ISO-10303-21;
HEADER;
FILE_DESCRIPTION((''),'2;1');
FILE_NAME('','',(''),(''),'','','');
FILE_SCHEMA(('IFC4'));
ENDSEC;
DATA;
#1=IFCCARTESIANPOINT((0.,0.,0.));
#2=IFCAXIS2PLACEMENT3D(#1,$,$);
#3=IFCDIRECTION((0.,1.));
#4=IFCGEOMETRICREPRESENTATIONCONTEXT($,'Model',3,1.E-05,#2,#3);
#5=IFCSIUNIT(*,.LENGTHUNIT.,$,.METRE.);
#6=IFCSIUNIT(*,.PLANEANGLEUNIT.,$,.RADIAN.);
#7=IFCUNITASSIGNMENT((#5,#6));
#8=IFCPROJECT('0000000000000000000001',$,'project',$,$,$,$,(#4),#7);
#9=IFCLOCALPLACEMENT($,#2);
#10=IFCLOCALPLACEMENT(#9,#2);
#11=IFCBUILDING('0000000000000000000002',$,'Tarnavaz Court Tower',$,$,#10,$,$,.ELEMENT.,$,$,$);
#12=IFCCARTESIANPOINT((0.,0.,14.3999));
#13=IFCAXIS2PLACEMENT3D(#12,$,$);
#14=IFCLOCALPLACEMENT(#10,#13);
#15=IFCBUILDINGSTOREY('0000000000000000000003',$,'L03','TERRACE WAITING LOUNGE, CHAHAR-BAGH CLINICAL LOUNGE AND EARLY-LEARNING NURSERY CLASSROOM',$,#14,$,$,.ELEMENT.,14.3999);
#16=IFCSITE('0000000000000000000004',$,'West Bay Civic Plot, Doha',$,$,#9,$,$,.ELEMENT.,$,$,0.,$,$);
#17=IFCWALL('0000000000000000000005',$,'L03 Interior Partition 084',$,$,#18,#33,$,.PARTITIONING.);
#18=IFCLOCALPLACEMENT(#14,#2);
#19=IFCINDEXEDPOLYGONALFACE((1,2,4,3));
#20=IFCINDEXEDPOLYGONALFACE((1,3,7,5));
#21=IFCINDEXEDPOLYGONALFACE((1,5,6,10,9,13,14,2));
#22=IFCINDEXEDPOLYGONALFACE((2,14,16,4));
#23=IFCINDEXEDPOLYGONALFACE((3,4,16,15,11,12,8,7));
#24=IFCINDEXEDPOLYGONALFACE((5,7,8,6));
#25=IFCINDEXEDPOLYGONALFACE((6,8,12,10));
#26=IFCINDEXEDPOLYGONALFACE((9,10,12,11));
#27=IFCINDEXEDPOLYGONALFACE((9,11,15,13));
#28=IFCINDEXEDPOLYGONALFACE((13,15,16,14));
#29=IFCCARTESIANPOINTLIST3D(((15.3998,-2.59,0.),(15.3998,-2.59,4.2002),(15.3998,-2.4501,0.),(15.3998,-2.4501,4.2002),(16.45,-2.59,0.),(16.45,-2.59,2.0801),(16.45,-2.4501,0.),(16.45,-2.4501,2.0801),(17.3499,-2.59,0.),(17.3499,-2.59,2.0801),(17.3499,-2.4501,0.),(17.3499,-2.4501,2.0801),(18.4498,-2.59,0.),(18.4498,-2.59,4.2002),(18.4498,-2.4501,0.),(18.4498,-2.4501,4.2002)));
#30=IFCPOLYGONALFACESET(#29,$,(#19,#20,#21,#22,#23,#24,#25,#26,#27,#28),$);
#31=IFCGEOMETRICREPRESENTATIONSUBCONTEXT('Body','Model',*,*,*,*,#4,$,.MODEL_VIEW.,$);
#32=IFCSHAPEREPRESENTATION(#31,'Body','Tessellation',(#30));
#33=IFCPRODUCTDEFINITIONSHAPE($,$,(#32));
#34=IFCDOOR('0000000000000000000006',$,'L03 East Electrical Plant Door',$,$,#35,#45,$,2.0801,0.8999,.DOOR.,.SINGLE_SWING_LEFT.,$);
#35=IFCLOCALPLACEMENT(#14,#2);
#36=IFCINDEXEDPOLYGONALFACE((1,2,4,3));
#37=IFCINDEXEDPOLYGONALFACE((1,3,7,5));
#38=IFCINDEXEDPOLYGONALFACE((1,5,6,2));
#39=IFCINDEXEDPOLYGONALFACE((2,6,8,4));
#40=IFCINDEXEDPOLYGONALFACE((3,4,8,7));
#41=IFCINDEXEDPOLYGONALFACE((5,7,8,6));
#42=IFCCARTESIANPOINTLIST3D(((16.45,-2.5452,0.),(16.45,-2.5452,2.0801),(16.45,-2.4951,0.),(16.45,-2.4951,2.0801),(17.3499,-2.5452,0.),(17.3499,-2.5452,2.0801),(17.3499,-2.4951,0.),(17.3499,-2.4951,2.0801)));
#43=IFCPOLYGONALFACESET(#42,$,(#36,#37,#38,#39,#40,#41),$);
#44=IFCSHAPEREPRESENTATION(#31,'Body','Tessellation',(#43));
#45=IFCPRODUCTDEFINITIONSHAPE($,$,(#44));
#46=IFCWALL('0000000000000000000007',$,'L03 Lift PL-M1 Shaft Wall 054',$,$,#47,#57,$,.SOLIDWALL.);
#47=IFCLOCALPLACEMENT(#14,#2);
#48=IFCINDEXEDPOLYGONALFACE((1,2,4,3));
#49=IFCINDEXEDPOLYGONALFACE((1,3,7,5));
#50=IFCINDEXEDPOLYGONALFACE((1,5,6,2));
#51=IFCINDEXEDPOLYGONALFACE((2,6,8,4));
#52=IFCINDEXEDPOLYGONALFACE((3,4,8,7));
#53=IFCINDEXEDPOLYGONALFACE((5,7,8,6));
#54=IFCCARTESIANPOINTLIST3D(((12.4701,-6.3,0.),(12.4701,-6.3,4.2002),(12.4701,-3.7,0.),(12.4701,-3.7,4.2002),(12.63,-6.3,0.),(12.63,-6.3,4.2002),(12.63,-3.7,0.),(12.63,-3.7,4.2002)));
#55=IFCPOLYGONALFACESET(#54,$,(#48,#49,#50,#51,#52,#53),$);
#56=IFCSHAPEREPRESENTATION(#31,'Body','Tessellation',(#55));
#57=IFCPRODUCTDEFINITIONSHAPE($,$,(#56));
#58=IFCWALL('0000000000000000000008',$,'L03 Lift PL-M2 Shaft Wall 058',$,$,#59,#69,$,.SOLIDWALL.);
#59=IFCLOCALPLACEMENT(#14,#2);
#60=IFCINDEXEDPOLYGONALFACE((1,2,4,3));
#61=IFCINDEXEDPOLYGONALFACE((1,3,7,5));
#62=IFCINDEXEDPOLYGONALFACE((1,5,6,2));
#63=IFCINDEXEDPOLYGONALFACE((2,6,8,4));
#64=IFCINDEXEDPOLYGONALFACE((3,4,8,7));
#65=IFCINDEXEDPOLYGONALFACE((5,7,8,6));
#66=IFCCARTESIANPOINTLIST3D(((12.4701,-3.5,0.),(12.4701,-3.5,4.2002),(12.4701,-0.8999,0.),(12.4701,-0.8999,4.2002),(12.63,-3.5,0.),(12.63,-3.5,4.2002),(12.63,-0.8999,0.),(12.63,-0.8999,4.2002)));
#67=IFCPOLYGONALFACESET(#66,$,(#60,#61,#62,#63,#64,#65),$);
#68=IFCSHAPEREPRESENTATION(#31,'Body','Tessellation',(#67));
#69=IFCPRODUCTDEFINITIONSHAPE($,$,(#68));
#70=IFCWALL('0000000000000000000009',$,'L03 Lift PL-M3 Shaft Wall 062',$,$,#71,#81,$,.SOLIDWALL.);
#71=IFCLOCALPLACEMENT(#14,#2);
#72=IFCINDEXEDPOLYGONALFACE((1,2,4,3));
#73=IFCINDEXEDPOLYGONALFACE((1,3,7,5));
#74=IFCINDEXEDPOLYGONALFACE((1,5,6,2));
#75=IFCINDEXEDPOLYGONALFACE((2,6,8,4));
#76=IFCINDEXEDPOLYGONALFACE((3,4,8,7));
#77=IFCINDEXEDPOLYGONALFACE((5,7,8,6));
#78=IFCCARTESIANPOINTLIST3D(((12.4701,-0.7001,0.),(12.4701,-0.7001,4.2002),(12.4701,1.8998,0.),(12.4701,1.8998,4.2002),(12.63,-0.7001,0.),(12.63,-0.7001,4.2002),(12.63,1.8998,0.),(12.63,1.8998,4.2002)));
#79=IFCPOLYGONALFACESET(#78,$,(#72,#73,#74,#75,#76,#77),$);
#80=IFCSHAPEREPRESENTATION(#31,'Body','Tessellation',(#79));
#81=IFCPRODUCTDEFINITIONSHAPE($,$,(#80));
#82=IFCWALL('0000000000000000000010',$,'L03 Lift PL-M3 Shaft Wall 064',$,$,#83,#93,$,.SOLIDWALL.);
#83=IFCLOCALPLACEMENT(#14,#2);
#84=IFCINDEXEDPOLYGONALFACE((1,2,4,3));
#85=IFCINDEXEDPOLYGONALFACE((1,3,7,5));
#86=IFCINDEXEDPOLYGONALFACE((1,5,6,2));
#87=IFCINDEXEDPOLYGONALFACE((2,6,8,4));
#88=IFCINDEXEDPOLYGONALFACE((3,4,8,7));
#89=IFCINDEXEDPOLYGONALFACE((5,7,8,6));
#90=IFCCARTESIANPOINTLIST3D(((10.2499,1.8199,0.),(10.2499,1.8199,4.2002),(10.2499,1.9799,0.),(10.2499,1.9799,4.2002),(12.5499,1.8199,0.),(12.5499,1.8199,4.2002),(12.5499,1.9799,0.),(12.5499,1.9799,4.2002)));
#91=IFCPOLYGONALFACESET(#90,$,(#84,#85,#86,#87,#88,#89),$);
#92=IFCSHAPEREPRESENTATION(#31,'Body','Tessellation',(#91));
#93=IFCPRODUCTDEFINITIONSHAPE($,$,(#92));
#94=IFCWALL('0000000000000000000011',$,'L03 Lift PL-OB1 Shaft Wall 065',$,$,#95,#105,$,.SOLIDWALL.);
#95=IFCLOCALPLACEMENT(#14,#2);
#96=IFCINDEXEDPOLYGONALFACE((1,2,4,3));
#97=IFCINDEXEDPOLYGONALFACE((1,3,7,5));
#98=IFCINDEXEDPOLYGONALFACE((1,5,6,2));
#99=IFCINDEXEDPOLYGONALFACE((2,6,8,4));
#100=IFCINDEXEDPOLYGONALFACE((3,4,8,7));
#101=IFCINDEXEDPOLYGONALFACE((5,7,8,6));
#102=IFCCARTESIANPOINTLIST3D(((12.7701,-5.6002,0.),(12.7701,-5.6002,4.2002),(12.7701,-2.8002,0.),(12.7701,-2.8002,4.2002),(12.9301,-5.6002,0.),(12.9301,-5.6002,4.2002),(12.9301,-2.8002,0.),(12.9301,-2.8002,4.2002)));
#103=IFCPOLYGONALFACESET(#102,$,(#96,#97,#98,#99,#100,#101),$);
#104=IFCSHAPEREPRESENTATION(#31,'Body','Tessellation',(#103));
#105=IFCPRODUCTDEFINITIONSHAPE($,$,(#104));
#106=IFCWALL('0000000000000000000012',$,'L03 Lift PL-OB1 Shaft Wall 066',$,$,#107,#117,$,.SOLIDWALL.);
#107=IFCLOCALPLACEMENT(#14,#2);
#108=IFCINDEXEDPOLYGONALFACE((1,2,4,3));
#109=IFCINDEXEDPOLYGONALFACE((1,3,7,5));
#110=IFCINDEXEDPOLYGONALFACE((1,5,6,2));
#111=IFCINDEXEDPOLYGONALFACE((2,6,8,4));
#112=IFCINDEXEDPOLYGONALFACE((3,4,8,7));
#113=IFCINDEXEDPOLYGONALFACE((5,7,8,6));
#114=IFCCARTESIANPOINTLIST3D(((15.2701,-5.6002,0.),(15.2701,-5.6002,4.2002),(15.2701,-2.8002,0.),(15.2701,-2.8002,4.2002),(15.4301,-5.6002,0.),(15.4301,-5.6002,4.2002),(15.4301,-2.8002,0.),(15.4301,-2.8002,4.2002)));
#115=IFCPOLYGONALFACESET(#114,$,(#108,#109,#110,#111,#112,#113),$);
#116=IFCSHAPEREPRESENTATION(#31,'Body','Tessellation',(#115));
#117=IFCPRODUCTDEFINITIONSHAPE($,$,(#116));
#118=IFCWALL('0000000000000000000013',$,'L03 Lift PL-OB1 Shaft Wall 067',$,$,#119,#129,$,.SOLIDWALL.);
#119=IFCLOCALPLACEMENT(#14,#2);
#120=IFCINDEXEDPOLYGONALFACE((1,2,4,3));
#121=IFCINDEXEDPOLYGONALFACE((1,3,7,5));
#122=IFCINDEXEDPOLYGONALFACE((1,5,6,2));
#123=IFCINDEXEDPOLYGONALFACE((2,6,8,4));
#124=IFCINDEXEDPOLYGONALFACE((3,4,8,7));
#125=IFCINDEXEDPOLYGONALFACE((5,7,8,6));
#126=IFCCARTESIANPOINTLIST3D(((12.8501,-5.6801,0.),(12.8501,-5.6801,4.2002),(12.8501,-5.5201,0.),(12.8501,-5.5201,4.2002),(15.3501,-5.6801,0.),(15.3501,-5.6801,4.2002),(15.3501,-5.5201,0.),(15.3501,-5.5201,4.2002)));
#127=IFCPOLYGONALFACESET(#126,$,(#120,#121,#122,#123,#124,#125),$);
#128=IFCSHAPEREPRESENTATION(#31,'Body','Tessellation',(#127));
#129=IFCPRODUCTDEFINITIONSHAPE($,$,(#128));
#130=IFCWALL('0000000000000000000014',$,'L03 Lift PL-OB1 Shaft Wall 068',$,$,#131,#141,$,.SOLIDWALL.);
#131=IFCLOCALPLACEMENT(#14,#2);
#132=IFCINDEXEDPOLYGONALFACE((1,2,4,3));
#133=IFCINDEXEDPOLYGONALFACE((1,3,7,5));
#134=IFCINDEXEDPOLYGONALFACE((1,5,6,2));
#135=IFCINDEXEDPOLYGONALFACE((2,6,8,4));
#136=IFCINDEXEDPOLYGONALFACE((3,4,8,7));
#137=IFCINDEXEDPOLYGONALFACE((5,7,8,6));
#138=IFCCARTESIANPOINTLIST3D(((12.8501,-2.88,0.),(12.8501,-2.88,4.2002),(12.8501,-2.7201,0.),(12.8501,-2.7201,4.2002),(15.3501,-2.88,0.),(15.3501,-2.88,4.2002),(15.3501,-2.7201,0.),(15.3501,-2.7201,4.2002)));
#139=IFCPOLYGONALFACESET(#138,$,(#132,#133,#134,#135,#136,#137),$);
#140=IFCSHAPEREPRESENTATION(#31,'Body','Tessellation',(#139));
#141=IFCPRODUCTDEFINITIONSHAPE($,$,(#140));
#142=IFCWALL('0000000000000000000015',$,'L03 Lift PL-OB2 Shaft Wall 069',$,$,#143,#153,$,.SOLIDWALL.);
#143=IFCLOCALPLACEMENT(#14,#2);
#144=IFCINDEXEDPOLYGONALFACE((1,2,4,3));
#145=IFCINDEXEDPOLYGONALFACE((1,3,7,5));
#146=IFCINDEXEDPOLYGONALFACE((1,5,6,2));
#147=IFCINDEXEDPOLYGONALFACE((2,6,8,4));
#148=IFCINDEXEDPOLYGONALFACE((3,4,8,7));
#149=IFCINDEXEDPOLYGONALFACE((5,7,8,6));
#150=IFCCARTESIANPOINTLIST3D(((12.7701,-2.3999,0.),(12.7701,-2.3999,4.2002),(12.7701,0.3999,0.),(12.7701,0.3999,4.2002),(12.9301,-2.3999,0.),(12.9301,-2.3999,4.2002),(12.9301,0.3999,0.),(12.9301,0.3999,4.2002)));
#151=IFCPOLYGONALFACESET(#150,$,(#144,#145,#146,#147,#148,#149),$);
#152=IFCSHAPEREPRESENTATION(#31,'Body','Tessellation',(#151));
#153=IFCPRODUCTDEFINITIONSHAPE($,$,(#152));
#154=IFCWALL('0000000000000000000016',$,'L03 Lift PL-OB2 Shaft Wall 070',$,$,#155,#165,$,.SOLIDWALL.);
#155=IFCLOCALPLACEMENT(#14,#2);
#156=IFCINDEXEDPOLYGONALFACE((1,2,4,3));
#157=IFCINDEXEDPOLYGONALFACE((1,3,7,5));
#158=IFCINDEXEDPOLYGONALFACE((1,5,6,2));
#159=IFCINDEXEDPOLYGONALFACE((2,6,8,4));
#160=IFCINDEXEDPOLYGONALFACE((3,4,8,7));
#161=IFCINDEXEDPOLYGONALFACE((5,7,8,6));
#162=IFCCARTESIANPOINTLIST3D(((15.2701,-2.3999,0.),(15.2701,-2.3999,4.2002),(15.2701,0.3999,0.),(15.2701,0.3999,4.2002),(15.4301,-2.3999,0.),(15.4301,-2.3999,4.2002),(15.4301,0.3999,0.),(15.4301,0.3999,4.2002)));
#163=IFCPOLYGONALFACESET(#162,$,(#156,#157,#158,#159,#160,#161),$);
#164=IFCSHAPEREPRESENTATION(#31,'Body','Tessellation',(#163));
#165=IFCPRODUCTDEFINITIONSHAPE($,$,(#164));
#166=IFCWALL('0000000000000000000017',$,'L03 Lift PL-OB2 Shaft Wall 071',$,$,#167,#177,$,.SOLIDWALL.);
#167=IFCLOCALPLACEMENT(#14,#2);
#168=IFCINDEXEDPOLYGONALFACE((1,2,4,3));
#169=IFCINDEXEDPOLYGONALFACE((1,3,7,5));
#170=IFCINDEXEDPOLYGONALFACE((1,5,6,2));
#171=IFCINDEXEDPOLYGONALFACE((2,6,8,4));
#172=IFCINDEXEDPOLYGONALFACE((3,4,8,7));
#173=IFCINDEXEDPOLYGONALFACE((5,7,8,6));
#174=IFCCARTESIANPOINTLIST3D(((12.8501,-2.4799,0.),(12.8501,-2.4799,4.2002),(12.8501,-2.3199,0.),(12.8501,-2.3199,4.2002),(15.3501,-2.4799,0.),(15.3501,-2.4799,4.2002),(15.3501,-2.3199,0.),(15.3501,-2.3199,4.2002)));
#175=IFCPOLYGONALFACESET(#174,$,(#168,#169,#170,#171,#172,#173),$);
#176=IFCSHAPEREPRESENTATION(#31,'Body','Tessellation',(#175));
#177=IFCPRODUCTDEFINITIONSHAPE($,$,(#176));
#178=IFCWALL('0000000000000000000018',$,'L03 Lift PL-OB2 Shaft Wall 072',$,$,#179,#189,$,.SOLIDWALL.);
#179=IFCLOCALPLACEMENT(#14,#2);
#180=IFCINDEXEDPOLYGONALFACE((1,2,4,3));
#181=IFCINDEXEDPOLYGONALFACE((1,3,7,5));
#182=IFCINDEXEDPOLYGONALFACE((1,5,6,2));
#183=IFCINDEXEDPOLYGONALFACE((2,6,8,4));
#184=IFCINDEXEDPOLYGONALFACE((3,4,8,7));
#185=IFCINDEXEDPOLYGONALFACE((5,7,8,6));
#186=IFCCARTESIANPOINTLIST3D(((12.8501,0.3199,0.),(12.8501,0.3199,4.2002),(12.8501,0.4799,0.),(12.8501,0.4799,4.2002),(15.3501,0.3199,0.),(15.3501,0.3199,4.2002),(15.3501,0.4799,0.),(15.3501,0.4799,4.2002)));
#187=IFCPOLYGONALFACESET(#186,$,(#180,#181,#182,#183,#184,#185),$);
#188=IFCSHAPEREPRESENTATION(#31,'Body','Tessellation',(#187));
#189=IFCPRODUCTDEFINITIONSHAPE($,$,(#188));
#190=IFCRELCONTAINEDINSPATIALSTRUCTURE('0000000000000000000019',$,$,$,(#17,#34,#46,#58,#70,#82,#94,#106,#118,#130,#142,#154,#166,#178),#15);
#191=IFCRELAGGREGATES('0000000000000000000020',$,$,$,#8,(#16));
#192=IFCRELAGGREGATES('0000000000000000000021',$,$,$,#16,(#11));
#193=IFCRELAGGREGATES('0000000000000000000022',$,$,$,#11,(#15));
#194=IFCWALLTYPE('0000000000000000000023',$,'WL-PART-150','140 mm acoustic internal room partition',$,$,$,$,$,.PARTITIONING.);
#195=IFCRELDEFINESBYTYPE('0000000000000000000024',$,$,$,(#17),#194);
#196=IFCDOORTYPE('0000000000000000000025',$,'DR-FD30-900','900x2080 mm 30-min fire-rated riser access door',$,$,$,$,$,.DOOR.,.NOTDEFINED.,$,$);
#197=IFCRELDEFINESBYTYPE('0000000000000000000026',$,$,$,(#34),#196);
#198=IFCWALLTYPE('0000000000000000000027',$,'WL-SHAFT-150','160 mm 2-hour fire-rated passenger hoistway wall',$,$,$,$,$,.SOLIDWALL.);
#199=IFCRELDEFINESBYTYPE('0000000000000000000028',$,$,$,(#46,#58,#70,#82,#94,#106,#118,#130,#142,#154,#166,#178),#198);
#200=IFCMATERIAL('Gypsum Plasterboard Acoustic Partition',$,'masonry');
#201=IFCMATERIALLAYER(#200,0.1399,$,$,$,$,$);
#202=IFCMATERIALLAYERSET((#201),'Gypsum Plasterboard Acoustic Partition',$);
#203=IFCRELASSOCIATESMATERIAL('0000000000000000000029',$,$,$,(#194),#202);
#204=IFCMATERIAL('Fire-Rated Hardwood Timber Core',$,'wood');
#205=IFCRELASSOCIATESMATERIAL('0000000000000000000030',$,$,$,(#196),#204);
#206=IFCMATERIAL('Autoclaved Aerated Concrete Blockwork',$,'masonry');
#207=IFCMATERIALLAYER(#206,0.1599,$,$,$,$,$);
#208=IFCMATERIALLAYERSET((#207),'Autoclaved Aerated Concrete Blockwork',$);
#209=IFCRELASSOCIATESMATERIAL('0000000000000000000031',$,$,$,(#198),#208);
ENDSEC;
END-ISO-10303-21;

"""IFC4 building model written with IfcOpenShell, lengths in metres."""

from ifc_helpers import new_model, si_unit, direction, frame, frame_2d, origin, place, context, subcontext, project, spatial, rectangle, extrude, material, layer, layer_set, type_object, element, fill, save


model = new_model("IFC4")

# Units and contexts
model_context = context("Model", 3, precision=1e-05, world=origin(), true_north=direction((0.0, 1.0)))
body_context = subcontext(model_context, "Body", "Model", "MODEL_VIEW")
ifc_project = project(units=[si_unit("LENGTHUNIT", "METRE"), si_unit("PLANEANGLEUNIT", "RADIAN")], contexts=[model_context])

# Site, building, storey
site_placement = place(None, origin())
site = spatial("IfcSite", under=ifc_project, at=site_placement, Name="West Bay Civic Plot, Doha", CompositionType="ELEMENT", RefElevation=0.0)
building_placement = place(site_placement, origin())
building = spatial("IfcBuilding", under=site, at=building_placement, Name="Tarnavaz Court Tower", CompositionType="ELEMENT")
storey_placement = place(building_placement, frame((0.0, 0.0, 14.3999)))
storey = spatial("IfcBuildingStorey", under=building, at=storey_placement, Name="L03", Description="TERRACE WAITING LOUNGE, CHAHAR-BAGH CLINICAL LOUNGE AND EARLY-LEARNING NURSERY CLASSROOM", CompositionType="ELEMENT", Elevation=14.3999)

# Shared definitions
ifc_material_1 = material(Name="Gypsum Plasterboard Acoustic Partition", Category="masonry")
ifc_layer_1 = layer(ifc_material_1, 0.1399)
ifc_layer_set_1 = layer_set([ifc_layer_1], Name="Gypsum Plasterboard Acoustic Partition")
wall_type_1 = type_object("IfcWallType", Name="WL-PART-150", Description="140 mm acoustic internal room partition", PredefinedType="PARTITIONING", material=ifc_layer_set_1)

# Wall, opening, door
ifc_material_2 = material(Name="Fire-Rated Hardwood Timber Core", Category="wood")
door_type = type_object("IfcDoorType", Name="DR-FD30-900", Description="900x2080 mm 30-min fire-rated riser access door", OperationType="NOTDEFINED", PredefinedType="DOOR", material=ifc_material_2)
wall_1_placement = place(storey_placement, frame((15.3999, -2.52, 0.0), z_axis=(0.0, 0.0, 1.0), x_axis=(1.0, 0.0, 0.0)))
wall_1 = element("IfcWall", 1, at=wall_1_placement, inside=storey, type_object=wall_type_1, Name="L03 Interior Partition 084", PredefinedType="PARTITIONING", context=body_context, shape_type="SweptSolid", body=[
    extrude(rectangle(XDim=3.05, YDim=0.1399, at=frame_2d((1.5249, 0.0))), origin(), (0.0, 0.0, 1.0), 4.2002),
])
opening_1_placement = place(wall_1_placement, frame((1.05, 0.0, 0.0)))
opening_1 = element("IfcOpeningElement", 2, at=opening_1_placement, cuts=wall_1, PredefinedType="OPENING", context=body_context, shape_type="SweptSolid", body=[
    extrude(rectangle(XDim=0.8999, YDim=2.0801, at=frame_2d((0.45, 1.04))), frame((0.0, 0.0798, 0.0), z_axis=(0.0, -1.0, 0.0), x_axis=(1.0, 0.0, 0.0)), (0.0, 0.0, 1.0), 0.1599),
])
door_1_placement = place(opening_1_placement, origin())
door_1 = element("IfcDoor", 3, at=door_1_placement, inside=storey, type_object=door_type, Name="L03 East Electrical Plant Door", OperationType="SINGLE_SWING_LEFT", OverallHeight=2.0801, OverallWidth=0.8999, PredefinedType="DOOR", context=body_context, shape_type="SweptSolid", body=[
    extrude(rectangle(XDim=0.8999, YDim=2.0801, at=frame_2d((0.45, 1.04))), frame((0.0, 0.0249, 0.0), z_axis=(0.0, -1.0, 0.0), x_axis=(1.0, 0.0, 0.0)), (0.0, 0.0, 1.0), 0.05),
])
fill(opening_1, door_1)

# Walls
ifc_material_3 = material(Name="Autoclaved Aerated Concrete Blockwork", Category="masonry")
ifc_layer_2 = layer(ifc_material_3, 0.1599)
ifc_layer_set_2 = layer_set([ifc_layer_2], Name="Autoclaved Aerated Concrete Blockwork")
wall_type_2 = type_object("IfcWallType", Name="WL-SHAFT-150", Description="160 mm 2-hour fire-rated passenger hoistway wall", PredefinedType="SOLIDWALL", material=ifc_layer_set_2)
for number, where, z_axis, x_axis, name in (
    (4, (12.55, -6.3, 0.0), (0.0, 0.0, 1.0), (0.0, 1.0, 0.0), "L03 Lift PL-M1 Shaft Wall 054"),
    (5, (12.55, -3.5, 0.0), (0.0, 0.0, 1.0), (0.0, 1.0, 0.0), "L03 Lift PL-M2 Shaft Wall 058"),
):
    element("IfcWall", number, at=place(storey_placement, frame(where, z_axis=z_axis, x_axis=x_axis)), inside=storey, type_object=wall_type_2, Name=name, PredefinedType="SOLIDWALL", context=body_context, shape_type="SweptSolid", body=[
        extrude(rectangle(XDim=2.6001, YDim=0.1599, at=frame_2d((1.3, 0.0))), origin(), (0.0, 0.0, 1.0), 4.2002),
    ])
wall_2_placement = place(storey_placement, frame((12.55, -0.7, 0.0), z_axis=(0.0, 0.0, 1.0), x_axis=(0.0, 1.0, 0.0)))
element("IfcWall", 6, at=wall_2_placement, inside=storey, type_object=wall_type_2, Name="L03 Lift PL-M3 Shaft Wall 062", PredefinedType="SOLIDWALL", context=body_context, shape_type="SweptSolid", body=[
    extrude(rectangle(XDim=2.5999, YDim=0.1599, at=frame_2d((1.2998, 0.0))), origin(), (0.0, 0.0, 1.0), 4.2002),
])
wall_3_placement = place(storey_placement, frame((10.25, 1.8999, 0.0), z_axis=(0.0, 0.0, 1.0), x_axis=(1.0, 0.0, 0.0)))
element("IfcWall", 7, at=wall_3_placement, inside=storey, type_object=wall_type_2, Name="L03 Lift PL-M3 Shaft Wall 064", PredefinedType="SOLIDWALL", context=body_context, shape_type="SweptSolid", body=[
    extrude(rectangle(XDim=2.3, YDim=0.1599, at=frame_2d((1.1499, 0.0))), origin(), (0.0, 0.0, 1.0), 4.2002),
])
for number, where, z_axis, x_axis, name in (
    (8, (12.8501, -5.6001, 0.0), (0.0, 0.0, 1.0), (0.0, 1.0, 0.0), "L03 Lift PL-OB1 Shaft Wall 065"),
    (9, (15.3501, -5.6001, 0.0), (0.0, 0.0, 1.0), (0.0, 1.0, 0.0), "L03 Lift PL-OB1 Shaft Wall 066"),
):
    element("IfcWall", number, at=place(storey_placement, frame(where, z_axis=z_axis, x_axis=x_axis)), inside=storey, type_object=wall_type_2, Name=name, PredefinedType="SOLIDWALL", context=body_context, shape_type="SweptSolid", body=[
        extrude(rectangle(XDim=2.8, YDim=0.1599, at=frame_2d((1.3999, 0.0))), origin(), (0.0, 0.0, 1.0), 4.2002),
    ])
for number, where, z_axis, x_axis, name in (
    (10, (12.8501, -5.6001, 0.0), (0.0, 0.0, 1.0), (1.0, 0.0, 0.0), "L03 Lift PL-OB1 Shaft Wall 067"),
    (11, (12.8501, -2.8, 0.0), (0.0, 0.0, 1.0), (1.0, 0.0, 0.0), "L03 Lift PL-OB1 Shaft Wall 068"),
):
    element("IfcWall", number, at=place(storey_placement, frame(where, z_axis=z_axis, x_axis=x_axis)), inside=storey, type_object=wall_type_2, Name=name, PredefinedType="SOLIDWALL", context=body_context, shape_type="SweptSolid", body=[
        extrude(rectangle(XDim=2.5, YDim=0.1599, at=frame_2d((1.25, 0.0))), origin(), (0.0, 0.0, 1.0), 4.2002),
    ])
for number, where, z_axis, x_axis, name in (
    (12, (12.8501, -2.3999, 0.0), (0.0, 0.0, 1.0), (0.0, 1.0, 0.0), "L03 Lift PL-OB2 Shaft Wall 069"),
    (13, (15.3501, -2.3999, 0.0), (0.0, 0.0, 1.0), (0.0, 1.0, 0.0), "L03 Lift PL-OB2 Shaft Wall 070"),
):
    element("IfcWall", number, at=place(storey_placement, frame(where, z_axis=z_axis, x_axis=x_axis)), inside=storey, type_object=wall_type_2, Name=name, PredefinedType="SOLIDWALL", context=body_context, shape_type="SweptSolid", body=[
        extrude(rectangle(XDim=2.7998, YDim=0.1599, at=frame_2d((1.3999, 0.0))), origin(), (0.0, 0.0, 1.0), 4.2002),
    ])
for number, where, z_axis, x_axis, name in (
    (14, (12.8501, -2.3999, 0.0), (0.0, 0.0, 1.0), (1.0, 0.0, 0.0), "L03 Lift PL-OB2 Shaft Wall 071"),
    (15, (12.8501, 0.3999, 0.0), (0.0, 0.0, 1.0), (1.0, 0.0, 0.0), "L03 Lift PL-OB2 Shaft Wall 072"),
):
    element("IfcWall", number, at=place(storey_placement, frame(where, z_axis=z_axis, x_axis=x_axis)), inside=storey, type_object=wall_type_2, Name=name, PredefinedType="SOLIDWALL", context=body_context, shape_type="SweptSolid", body=[
        extrude(rectangle(XDim=2.5, YDim=0.1599, at=frame_2d((1.25, 0.0))), origin(), (0.0, 0.0, 1.0), 4.2002),
    ])

save(model, "model.ifc")
